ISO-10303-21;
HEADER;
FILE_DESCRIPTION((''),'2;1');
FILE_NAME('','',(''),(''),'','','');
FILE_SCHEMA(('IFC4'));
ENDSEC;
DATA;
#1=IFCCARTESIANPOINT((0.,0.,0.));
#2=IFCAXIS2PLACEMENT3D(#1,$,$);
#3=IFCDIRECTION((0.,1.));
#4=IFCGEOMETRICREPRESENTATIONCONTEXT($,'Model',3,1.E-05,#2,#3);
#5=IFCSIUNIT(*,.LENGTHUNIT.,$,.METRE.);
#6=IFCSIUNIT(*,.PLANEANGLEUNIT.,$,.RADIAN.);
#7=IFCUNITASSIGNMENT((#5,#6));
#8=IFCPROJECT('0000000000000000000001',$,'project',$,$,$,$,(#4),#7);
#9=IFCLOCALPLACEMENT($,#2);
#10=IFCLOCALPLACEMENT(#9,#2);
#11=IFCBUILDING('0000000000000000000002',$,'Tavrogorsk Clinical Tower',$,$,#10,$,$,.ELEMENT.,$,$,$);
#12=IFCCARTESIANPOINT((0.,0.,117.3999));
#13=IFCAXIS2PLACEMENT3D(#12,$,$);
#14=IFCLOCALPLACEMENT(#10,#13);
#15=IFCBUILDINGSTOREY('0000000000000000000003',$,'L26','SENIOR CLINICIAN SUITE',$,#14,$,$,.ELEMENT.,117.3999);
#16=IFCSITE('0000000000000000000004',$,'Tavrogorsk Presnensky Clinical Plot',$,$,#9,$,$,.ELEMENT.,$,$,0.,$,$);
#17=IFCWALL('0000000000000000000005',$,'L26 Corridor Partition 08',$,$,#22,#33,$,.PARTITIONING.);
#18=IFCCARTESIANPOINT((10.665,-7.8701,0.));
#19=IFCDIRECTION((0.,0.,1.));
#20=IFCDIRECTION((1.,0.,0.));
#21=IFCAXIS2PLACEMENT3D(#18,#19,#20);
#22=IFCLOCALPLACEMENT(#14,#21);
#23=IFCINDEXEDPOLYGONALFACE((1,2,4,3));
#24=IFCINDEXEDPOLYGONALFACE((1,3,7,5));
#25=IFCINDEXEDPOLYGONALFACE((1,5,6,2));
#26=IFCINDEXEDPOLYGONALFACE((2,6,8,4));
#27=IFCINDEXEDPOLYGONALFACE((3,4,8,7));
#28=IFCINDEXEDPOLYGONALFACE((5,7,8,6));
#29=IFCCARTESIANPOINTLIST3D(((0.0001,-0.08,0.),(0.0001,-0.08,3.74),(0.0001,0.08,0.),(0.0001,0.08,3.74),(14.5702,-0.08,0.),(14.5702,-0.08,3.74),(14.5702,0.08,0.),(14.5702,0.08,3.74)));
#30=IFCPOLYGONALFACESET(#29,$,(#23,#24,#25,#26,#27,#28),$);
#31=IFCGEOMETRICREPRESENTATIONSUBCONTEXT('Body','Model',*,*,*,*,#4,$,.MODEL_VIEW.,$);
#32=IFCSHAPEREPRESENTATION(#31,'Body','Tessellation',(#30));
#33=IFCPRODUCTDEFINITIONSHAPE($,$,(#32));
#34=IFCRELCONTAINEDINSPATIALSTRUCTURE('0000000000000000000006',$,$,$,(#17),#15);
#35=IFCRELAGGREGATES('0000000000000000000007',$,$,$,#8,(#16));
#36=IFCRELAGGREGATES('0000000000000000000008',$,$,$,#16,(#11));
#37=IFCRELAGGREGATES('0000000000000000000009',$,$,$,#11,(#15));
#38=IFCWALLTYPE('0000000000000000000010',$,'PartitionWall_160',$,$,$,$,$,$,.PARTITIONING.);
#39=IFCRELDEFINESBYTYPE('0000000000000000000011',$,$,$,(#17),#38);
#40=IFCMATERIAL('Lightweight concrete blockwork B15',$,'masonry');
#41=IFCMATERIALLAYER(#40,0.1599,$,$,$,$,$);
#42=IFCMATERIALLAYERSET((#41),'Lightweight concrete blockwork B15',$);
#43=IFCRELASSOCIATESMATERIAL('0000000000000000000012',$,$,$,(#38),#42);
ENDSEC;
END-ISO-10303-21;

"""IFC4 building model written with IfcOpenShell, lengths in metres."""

from ifc_helpers import new_model, si_unit, direction, frame, frame_2d, origin, place, context, subcontext, project, spatial, rectangle, extrude, material, layer, layer_set, type_object, element, save


model = new_model("IFC4")

# Units and contexts
model_context = context("Model", 3, precision=1e-05, world=origin(), true_north=direction((0.0, 1.0)))
body_context = subcontext(model_context, "Body", "Model", "MODEL_VIEW")
ifc_project = project(units=[si_unit("LENGTHUNIT", "METRE"), si_unit("PLANEANGLEUNIT", "RADIAN")], contexts=[model_context])

# Site, building, storey
site_placement = place(None, origin())
site = spatial("IfcSite", under=ifc_project, at=site_placement, Name="Tavrogorsk Presnensky Clinical Plot", CompositionType="ELEMENT", RefElevation=0.0)
building_placement = place(site_placement, origin())
building = spatial("IfcBuilding", under=site, at=building_placement, Name="Tavrogorsk Clinical Tower", CompositionType="ELEMENT")
storey_placement = place(building_placement, frame((0.0, 0.0, 117.3999)))
storey = spatial("IfcBuildingStorey", under=building, at=storey_placement, Name="L26", Description="SENIOR CLINICIAN SUITE", CompositionType="ELEMENT", Elevation=117.3999)

# Wall
ifc_material_1 = material(Name="Lightweight concrete blockwork B15", Category="masonry")
ifc_layer_1 = layer(ifc_material_1, 0.1599)
ifc_layer_set_1 = layer_set([ifc_layer_1], Name="Lightweight concrete blockwork B15")
wall_type_1 = type_object("IfcWallType", Name="PartitionWall_160", PredefinedType="PARTITIONING", material=ifc_layer_set_1)
wall_1_placement = place(storey_placement, frame((10.665, -7.8701, 0.0), z_axis=(0.0, 0.0, 1.0), x_axis=(1.0, 0.0, 0.0)))
element("IfcWall", 1, at=wall_1_placement, inside=storey, type_object=wall_type_1, Name="L26 Corridor Partition 08", PredefinedType="PARTITIONING", context=body_context, shape_type="SweptSolid", body=[
    extrude(rectangle(XDim=14.5701, YDim=0.1599, at=frame_2d((7.2852, 0.0))), origin(), (0.0, 0.0, 1.0), 3.74),
])

save(model, "model.ifc")
